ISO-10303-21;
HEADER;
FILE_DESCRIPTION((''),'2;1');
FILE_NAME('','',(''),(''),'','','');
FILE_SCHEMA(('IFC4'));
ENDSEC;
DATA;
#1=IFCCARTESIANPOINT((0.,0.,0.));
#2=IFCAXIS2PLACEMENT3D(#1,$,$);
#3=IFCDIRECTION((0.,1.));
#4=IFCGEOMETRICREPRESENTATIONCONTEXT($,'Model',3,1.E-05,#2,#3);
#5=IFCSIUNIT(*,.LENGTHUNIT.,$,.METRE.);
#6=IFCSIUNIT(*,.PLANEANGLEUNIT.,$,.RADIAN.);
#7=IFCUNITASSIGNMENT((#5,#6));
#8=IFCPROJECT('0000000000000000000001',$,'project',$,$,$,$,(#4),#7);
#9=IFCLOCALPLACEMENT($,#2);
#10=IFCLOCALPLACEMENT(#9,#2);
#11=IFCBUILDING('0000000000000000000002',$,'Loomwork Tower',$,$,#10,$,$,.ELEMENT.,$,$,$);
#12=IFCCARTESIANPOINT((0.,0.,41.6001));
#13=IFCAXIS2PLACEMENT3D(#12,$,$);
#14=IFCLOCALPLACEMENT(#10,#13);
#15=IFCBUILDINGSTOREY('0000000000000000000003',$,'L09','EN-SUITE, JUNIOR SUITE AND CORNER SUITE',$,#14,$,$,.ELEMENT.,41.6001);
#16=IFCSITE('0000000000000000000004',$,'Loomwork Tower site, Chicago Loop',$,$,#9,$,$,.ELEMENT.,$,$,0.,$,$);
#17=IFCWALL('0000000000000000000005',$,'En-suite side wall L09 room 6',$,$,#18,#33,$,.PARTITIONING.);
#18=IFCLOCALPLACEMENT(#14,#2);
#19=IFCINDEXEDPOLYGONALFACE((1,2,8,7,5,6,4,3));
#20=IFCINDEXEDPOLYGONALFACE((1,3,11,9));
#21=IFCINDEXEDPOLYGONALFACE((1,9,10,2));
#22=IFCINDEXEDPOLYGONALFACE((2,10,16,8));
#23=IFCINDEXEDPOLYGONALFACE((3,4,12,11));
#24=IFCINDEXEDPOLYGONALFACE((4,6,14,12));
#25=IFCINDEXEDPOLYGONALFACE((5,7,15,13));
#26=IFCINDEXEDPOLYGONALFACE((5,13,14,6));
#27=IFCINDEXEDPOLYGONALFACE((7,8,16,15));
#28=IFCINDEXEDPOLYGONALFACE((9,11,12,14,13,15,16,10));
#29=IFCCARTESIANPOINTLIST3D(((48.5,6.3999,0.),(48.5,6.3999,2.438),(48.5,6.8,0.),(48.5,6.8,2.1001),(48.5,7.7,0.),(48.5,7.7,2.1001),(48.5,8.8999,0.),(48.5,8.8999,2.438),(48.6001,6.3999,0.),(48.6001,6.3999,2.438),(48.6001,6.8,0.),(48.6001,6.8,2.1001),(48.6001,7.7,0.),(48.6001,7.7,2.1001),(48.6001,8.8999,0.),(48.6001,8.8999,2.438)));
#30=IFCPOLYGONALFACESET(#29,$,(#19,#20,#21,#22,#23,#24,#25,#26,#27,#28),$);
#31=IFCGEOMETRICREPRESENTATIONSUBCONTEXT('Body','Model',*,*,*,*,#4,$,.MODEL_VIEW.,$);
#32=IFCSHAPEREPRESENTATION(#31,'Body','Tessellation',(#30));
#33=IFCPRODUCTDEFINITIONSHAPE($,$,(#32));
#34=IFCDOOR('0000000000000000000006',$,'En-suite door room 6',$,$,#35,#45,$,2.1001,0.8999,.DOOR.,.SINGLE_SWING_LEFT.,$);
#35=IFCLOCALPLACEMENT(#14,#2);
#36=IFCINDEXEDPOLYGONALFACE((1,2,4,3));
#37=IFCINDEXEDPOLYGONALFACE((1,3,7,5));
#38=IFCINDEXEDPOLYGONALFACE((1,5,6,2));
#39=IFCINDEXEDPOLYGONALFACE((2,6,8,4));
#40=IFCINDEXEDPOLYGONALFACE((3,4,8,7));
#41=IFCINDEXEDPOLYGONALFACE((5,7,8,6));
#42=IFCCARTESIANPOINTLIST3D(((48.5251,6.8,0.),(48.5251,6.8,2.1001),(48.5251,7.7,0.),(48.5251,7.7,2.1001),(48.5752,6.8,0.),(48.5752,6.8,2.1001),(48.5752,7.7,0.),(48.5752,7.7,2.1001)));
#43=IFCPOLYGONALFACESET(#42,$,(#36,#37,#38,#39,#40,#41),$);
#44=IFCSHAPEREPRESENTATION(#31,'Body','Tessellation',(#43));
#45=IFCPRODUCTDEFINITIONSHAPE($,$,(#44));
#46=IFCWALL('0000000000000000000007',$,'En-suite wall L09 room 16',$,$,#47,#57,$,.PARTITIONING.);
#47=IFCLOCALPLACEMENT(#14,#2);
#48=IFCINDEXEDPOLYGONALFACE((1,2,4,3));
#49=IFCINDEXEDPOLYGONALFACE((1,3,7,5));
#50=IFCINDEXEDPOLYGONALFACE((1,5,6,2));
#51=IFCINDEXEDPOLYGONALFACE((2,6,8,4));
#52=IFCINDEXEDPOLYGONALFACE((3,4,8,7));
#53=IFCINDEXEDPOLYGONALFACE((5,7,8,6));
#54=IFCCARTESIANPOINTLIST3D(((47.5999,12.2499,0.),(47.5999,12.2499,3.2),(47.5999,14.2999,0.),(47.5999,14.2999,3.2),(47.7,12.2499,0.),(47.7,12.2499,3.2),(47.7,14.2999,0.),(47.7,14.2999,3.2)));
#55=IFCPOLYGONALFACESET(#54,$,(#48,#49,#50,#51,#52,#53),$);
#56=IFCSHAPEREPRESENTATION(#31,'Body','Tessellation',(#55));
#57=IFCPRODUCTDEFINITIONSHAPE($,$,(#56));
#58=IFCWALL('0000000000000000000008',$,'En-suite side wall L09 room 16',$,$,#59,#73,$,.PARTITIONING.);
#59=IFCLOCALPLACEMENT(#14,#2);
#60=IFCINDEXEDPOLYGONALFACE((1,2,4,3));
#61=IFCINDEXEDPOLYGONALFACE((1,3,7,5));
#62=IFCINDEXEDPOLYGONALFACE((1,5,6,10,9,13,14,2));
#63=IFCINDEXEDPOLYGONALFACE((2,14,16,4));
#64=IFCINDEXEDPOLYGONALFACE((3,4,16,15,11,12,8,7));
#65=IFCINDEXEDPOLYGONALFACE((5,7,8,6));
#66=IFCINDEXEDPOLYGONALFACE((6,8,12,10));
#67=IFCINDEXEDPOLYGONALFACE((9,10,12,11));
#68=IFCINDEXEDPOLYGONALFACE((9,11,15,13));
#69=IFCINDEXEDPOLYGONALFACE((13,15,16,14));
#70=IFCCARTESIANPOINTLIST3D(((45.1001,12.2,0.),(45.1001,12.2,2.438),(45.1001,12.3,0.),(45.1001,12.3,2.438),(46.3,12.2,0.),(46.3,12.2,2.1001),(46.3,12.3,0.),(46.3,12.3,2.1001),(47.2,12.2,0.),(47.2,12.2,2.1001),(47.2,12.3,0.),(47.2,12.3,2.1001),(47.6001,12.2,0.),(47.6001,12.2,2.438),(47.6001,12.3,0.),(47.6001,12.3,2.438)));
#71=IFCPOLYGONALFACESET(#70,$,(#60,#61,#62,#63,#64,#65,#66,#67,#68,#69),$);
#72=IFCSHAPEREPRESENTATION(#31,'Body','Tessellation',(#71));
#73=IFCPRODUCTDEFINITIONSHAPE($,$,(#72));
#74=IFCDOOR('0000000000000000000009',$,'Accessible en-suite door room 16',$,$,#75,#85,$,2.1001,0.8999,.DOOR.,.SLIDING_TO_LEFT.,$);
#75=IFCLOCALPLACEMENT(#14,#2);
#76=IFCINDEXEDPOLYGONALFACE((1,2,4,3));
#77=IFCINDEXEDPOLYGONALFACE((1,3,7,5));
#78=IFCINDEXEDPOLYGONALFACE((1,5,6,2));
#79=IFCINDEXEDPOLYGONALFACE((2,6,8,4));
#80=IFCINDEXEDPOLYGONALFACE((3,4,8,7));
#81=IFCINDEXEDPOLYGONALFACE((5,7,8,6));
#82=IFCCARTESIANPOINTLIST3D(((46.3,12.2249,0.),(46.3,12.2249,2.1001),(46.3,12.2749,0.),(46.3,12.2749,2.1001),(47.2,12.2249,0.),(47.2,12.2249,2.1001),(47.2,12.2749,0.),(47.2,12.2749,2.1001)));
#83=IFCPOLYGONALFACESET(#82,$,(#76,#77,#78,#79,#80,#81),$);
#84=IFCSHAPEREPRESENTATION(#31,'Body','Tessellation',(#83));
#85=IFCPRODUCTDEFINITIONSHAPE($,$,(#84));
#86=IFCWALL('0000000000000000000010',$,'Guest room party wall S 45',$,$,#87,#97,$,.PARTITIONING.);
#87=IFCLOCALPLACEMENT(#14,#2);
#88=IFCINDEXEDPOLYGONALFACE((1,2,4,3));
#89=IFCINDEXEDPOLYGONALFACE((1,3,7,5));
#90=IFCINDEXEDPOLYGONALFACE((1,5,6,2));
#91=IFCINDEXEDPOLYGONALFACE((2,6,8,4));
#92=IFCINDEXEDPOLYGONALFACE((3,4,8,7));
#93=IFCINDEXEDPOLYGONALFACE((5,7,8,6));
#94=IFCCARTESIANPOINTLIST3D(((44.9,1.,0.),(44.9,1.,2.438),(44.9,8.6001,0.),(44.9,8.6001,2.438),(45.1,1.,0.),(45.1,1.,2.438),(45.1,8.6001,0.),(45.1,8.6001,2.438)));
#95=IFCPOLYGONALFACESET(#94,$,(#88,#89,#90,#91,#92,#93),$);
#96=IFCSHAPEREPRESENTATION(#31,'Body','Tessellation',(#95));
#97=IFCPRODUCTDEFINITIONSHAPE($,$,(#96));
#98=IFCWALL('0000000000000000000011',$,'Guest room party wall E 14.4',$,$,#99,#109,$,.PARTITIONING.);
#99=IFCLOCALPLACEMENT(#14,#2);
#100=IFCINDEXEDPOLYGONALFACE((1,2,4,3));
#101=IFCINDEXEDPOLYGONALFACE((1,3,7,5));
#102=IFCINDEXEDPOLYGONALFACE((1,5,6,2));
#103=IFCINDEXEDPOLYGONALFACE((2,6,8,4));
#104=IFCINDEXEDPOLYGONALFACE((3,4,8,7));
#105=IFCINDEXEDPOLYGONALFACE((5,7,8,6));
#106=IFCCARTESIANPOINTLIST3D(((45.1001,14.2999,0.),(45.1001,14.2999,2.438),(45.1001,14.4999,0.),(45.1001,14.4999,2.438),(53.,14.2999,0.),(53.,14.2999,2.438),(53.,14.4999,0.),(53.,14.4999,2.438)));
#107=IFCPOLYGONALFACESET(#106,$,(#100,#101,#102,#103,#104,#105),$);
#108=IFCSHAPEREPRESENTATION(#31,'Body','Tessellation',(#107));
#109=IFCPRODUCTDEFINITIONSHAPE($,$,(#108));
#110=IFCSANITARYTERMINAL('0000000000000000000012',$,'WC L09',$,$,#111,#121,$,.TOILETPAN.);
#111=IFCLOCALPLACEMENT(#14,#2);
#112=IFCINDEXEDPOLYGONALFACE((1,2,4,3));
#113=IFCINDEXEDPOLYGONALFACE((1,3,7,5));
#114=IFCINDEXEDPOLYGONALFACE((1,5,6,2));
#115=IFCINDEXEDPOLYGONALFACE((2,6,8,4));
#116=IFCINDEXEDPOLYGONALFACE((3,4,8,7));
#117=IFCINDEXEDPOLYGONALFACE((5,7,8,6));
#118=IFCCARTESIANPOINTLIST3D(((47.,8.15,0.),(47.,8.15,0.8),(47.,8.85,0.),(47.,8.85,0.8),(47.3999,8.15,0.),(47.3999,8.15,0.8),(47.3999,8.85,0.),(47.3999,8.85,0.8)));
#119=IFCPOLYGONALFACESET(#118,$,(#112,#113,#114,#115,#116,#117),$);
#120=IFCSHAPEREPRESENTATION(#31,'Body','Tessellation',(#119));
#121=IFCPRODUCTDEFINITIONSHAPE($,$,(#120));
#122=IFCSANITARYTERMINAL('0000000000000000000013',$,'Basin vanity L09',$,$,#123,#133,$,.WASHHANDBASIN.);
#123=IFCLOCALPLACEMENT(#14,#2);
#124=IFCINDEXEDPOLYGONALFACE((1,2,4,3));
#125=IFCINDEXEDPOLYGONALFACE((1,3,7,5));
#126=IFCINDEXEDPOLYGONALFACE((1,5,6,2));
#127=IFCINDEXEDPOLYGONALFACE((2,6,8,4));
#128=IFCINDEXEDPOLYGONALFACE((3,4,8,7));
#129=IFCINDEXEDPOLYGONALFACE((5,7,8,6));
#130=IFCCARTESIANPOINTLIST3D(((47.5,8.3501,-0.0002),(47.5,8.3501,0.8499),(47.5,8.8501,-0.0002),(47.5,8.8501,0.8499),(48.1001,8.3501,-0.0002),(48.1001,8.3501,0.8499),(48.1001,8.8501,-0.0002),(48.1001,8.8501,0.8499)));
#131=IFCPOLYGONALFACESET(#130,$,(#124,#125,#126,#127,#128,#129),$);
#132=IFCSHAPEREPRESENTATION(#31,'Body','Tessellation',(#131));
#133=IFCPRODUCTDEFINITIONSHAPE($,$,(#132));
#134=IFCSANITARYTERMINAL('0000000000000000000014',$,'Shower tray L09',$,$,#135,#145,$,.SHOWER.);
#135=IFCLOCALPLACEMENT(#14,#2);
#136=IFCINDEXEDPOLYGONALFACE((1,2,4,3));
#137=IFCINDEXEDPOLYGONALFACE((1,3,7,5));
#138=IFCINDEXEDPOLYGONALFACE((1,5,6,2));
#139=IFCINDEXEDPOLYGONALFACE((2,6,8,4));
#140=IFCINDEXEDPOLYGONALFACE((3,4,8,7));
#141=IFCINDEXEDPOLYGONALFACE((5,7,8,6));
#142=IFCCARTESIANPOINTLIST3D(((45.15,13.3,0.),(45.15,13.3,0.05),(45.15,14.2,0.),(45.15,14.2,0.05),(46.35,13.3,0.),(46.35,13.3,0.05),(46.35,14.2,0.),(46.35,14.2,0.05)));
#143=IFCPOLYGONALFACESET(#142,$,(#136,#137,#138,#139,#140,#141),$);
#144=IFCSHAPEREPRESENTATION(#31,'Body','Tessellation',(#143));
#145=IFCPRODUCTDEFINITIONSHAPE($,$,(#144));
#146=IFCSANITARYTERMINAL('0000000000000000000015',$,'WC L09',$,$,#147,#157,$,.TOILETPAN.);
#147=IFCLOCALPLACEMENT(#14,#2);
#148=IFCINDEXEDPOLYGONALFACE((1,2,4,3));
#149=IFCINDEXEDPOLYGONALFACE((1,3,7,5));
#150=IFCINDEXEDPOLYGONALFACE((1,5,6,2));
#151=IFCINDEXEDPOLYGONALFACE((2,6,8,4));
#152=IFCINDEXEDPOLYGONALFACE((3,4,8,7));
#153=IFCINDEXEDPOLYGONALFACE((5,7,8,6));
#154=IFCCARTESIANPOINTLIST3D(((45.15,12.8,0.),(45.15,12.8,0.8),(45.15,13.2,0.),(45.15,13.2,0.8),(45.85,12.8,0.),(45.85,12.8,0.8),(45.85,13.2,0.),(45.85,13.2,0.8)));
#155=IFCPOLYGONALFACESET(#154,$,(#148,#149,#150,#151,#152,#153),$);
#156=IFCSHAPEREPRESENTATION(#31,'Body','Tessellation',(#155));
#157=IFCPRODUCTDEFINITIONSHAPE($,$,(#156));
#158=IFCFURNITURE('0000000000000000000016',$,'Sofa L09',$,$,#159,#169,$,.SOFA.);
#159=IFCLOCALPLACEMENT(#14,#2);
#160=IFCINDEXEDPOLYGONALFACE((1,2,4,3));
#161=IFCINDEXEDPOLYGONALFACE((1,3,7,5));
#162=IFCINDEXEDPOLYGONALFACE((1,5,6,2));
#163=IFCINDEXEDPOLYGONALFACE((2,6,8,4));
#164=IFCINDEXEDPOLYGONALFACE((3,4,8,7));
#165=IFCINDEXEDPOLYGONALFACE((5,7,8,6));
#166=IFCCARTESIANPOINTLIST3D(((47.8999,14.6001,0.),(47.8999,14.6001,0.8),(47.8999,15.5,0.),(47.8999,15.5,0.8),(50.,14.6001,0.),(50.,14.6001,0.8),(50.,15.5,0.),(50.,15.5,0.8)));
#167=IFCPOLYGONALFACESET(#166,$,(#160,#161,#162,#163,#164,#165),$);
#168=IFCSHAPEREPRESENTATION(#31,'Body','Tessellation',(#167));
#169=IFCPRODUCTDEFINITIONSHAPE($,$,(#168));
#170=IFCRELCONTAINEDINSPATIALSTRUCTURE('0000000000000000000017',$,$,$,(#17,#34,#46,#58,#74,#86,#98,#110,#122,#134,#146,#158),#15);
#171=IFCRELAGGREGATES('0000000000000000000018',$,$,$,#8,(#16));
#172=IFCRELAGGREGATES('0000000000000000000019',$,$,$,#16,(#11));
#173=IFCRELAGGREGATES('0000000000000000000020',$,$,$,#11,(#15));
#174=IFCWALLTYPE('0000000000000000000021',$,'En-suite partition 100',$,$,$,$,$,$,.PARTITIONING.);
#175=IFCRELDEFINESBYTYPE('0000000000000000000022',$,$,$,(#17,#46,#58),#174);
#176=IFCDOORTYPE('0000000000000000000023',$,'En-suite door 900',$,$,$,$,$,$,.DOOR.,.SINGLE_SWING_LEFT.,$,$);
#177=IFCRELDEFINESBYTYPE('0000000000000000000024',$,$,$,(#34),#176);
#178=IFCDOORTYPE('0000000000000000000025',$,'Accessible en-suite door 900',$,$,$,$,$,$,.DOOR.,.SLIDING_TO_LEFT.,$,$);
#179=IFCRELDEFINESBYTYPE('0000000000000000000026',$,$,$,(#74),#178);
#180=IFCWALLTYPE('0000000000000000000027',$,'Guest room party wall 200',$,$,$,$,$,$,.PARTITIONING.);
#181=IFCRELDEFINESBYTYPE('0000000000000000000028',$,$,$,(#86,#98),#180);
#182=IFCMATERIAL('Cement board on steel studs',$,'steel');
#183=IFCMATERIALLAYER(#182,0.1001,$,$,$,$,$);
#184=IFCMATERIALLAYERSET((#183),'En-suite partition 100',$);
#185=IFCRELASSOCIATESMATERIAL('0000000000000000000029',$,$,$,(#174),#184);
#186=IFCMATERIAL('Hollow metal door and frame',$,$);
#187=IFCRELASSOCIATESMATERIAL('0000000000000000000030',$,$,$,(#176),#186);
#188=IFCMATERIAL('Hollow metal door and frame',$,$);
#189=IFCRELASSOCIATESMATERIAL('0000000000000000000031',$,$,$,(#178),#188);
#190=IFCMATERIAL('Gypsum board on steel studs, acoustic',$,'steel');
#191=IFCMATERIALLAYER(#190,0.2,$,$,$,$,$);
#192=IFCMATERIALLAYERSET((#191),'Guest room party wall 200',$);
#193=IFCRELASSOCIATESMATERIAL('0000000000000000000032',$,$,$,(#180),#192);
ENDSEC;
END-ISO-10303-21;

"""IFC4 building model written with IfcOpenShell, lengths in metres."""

from ifc_helpers import new_model, si_unit, direction, frame, frame_2d, origin, origin_2d, place, context, subcontext, project, spatial, rectangle, extrude, material, layer, layer_set, type_object, element, fill, save


model = new_model("IFC4")

# Units and contexts
model_context = context("Model", 3, precision=1e-05, world=origin(), true_north=direction((0.0, 1.0)))
body_context = subcontext(model_context, "Body", "Model", "MODEL_VIEW")
ifc_project = project(units=[si_unit("LENGTHUNIT", "METRE"), si_unit("PLANEANGLEUNIT", "RADIAN")], contexts=[model_context])

# Site, building, storey
site_placement = place(None, origin())
site = spatial("IfcSite", under=ifc_project, at=site_placement, Name="Loomwork Tower site, Chicago Loop", CompositionType="ELEMENT", RefElevation=0.0)
building_placement = place(site_placement, origin())
building = spatial("IfcBuilding", under=site, at=building_placement, Name="Loomwork Tower", CompositionType="ELEMENT")
storey_placement = place(building_placement, frame((0.0, 0.0, 41.6001)))
storey = spatial("IfcBuildingStorey", under=building, at=storey_placement, Name="L09", Description="EN-SUITE, JUNIOR SUITE AND CORNER SUITE", CompositionType="ELEMENT", Elevation=41.6001)

# Wall, opening, door
ifc_material_1 = material(Name="Cement board on steel studs", Category="steel")
ifc_layer_1 = layer(ifc_material_1, 0.1001)
ifc_layer_set_1 = layer_set([ifc_layer_1], Name="En-suite partition 100")
wall_type_1 = type_object("IfcWallType", Name="En-suite partition 100", PredefinedType="PARTITIONING", material=ifc_layer_set_1)
wall_1_placement = place(storey_placement, frame((48.55, 8.8999, 0.0), z_axis=(0.0, 0.0, 1.0), x_axis=(0.0, -1.0, 0.0)))
wall_1 = element("IfcWall", 1, at=wall_1_placement, inside=storey, type_object=wall_type_1, Name="En-suite side wall L09 room 6", PredefinedType="PARTITIONING", context=body_context, shape_type="SweptSolid", body=[
    extrude(rectangle(XDim=2.5, YDim=0.1001, at=frame_2d((1.25, 0.0))), origin(), (0.0, 0.0, 1.0), 2.438),
])
opening_1_placement = place(wall_1_placement, frame((1.2, 0.0, 0.0)))
opening_1 = element("IfcOpeningElement", 2, at=opening_1_placement, cuts=wall_1, PredefinedType="OPENING", context=body_context, shape_type="SweptSolid", body=[
    extrude(rectangle(XDim=0.8999, YDim=2.1001, at=frame_2d((0.45, 1.05))), frame((0.0, 0.0601, 0.0), z_axis=(0.0, -1.0, 0.0), x_axis=(1.0, 0.0, 0.0)), (0.0, 0.0, 1.0), 0.1201),
])
ifc_material_2 = material(Name="Hollow metal door and frame")
door_type_1 = type_object("IfcDoorType", Name="En-suite door 900", OperationType="SINGLE_SWING_LEFT", PredefinedType="DOOR", material=ifc_material_2)
door_1_placement = place(opening_1_placement, frame((0.8999, 0.0, 0.0), z_axis=(0.0, 0.0, 1.0), x_axis=(-1.0, 0.0, 0.0)))
door_1 = element("IfcDoor", 3, at=door_1_placement, inside=storey, type_object=door_type_1, Name="En-suite door room 6", OperationType="SINGLE_SWING_LEFT", OverallHeight=2.1001, OverallWidth=0.8999, PredefinedType="DOOR", context=body_context, shape_type="SweptSolid", body=[
    extrude(rectangle(XDim=0.8999, YDim=2.1001, at=frame_2d((0.45, 1.05))), frame((0.0, 0.0249, 0.0), z_axis=(0.0, -1.0, 0.0), x_axis=(1.0, 0.0, 0.0)), (0.0, 0.0, 1.0), 0.05),
])
fill(opening_1, door_1)

# Wall
wall_2_placement = place(storey_placement, frame((47.6499, 12.25, 0.0), z_axis=(0.0, 0.0, 1.0), x_axis=(0.0, 1.0, 0.0)))
element("IfcWall", 4, at=wall_2_placement, inside=storey, type_object=wall_type_1, Name="En-suite wall L09 room 16", PredefinedType="PARTITIONING", context=body_context, shape_type="SweptSolid", body=[
    extrude(rectangle(XDim=2.05, YDim=0.1001, at=frame_2d((1.0249, 0.0))), origin(), (0.0, 0.0, 1.0), 3.2),
])

# Wall, opening, door
wall_3_placement = place(storey_placement, frame((45.1001, 12.25, 0.0), z_axis=(0.0, 0.0, 1.0), x_axis=(1.0, 0.0, 0.0)))
wall_3 = element("IfcWall", 5, at=wall_3_placement, inside=storey, type_object=wall_type_1, Name="En-suite side wall L09 room 16", PredefinedType="PARTITIONING", context=body_context, shape_type="SweptSolid", body=[
    extrude(rectangle(XDim=2.5, YDim=0.1001, at=frame_2d((1.25, 0.0))), origin(), (0.0, 0.0, 1.0), 2.438),
])
opening_2_placement = place(wall_3_placement, frame((1.2, 0.0, 0.0)))
opening_2 = element("IfcOpeningElement", 6, at=opening_2_placement, cuts=wall_3, PredefinedType="OPENING", context=body_context, shape_type="SweptSolid", body=[
    extrude(rectangle(XDim=0.8999, YDim=2.1001, at=frame_2d((0.45, 1.05))), frame((0.0, 0.0601, 0.0), z_axis=(0.0, -1.0, 0.0), x_axis=(1.0, 0.0, 0.0)), (0.0, 0.0, 1.0), 0.1201),
])
ifc_material_3 = material(Name="Hollow metal door and frame")
door_type_2 = type_object("IfcDoorType", Name="Accessible en-suite door 900", OperationType="SLIDING_TO_LEFT", PredefinedType="DOOR", material=ifc_material_3)
door_2_placement = place(opening_2_placement, origin())
door_2 = element("IfcDoor", 7, at=door_2_placement, inside=storey, type_object=door_type_2, Name="Accessible en-suite door room 16", OperationType="SLIDING_TO_LEFT", OverallHeight=2.1001, OverallWidth=0.8999, PredefinedType="DOOR", context=body_context, shape_type="SweptSolid", body=[
    extrude(rectangle(XDim=0.8999, YDim=2.1001, at=frame_2d((0.45, 1.05))), frame((0.0, 0.0249, 0.0), z_axis=(0.0, -1.0, 0.0), x_axis=(1.0, 0.0, 0.0)), (0.0, 0.0, 1.0), 0.05),
])
fill(opening_2, door_2)

# Walls
ifc_material_4 = material(Name="Gypsum board on steel studs, acoustic", Category="steel")
ifc_layer_2 = layer(ifc_material_4, 0.2)
ifc_layer_set_2 = layer_set([ifc_layer_2], Name="Guest room party wall 200")
wall_type_2 = type_object("IfcWallType", Name="Guest room party wall 200", PredefinedType="PARTITIONING", material=ifc_layer_set_2)
wall_4_placement = place(storey_placement, frame((45.0, 8.6001, 0.0), z_axis=(0.0, 0.0, 1.0), x_axis=(0.0, -1.0, 0.0)))
element("IfcWall", 8, at=wall_4_placement, inside=storey, type_object=wall_type_2, Name="Guest room party wall S 45", PredefinedType="PARTITIONING", context=body_context, shape_type="SweptSolid", body=[
    extrude(rectangle(XDim=7.6001, YDim=0.2, at=frame_2d((3.8, 0.0))), origin(), (0.0, 0.0, 1.0), 2.438),
])
wall_5_placement = place(storey_placement, frame((45.1001, 14.3999, 0.0), z_axis=(0.0, 0.0, 1.0), x_axis=(1.0, 0.0, 0.0)))
element("IfcWall", 9, at=wall_5_placement, inside=storey, type_object=wall_type_2, Name="Guest room party wall E 14.4", PredefinedType="PARTITIONING", context=body_context, shape_type="SweptSolid", body=[
    extrude(rectangle(XDim=7.8999, YDim=0.2, at=frame_2d((3.95, 0.0))), origin(), (0.0, 0.0, 1.0), 2.438),
])

# Sanitary terminals
sanitary_terminal_1_placement = place(storey_placement, frame((47.2, 8.5, 0.0), z_axis=(0.0, 0.0, 1.0), x_axis=(1.0, 0.0, 0.0)))
element("IfcSanitaryTerminal", 10, at=sanitary_terminal_1_placement, inside=storey, Name="WC L09", PredefinedType="TOILETPAN", context=body_context, shape_type="SweptSolid", body=[
    extrude(rectangle(XDim=0.3999, YDim=0.7, at=origin_2d()), origin(), (0.0, 0.0, 1.0), 0.8),
])
sanitary_terminal_2_placement = place(storey_placement, frame((47.8, 8.6001, -0.0002), z_axis=(0.0, 0.0, 1.0), x_axis=(1.0, 0.0, 0.0)))
element("IfcSanitaryTerminal", 11, at=sanitary_terminal_2_placement, inside=storey, Name="Basin vanity L09", PredefinedType="WASHHANDBASIN", context=body_context, shape_type="SweptSolid", body=[
    extrude(rectangle(XDim=0.6001, YDim=0.5, at=origin_2d()), origin(), (0.0, 0.0, 1.0), 0.8501),
])
sanitary_terminal_3_placement = place(storey_placement, frame((45.75, 13.75, 0.0), z_axis=(0.0, 0.0, 1.0), x_axis=(1.0, 0.0, 0.0)))
element("IfcSanitaryTerminal", 12, at=sanitary_terminal_3_placement, inside=storey, Name="Shower tray L09", PredefinedType="SHOWER", context=body_context, shape_type="SweptSolid", body=[
    extrude(rectangle(XDim=1.2, YDim=0.8999, at=origin_2d()), origin(), (0.0, 0.0, 1.0), 0.05),
])
sanitary_terminal_4_placement = place(storey_placement, frame((45.5, 13.0, 0.0), z_axis=(0.0, 0.0, 1.0), x_axis=(1.0, 0.0, 0.0)))
element("IfcSanitaryTerminal", 13, at=sanitary_terminal_4_placement, inside=storey, Name="WC L09", PredefinedType="TOILETPAN", context=body_context, shape_type="SweptSolid", body=[
    extrude(rectangle(XDim=0.7, YDim=0.3999, at=origin_2d()), origin(), (0.0, 0.0, 1.0), 0.8),
])

# Furniture
furniture_placement = place(storey_placement, frame((48.95, 15.05, 0.0), z_axis=(0.0, 0.0, 1.0), x_axis=(1.0, 0.0, 0.0)))
element("IfcFurniture", 14, at=furniture_placement, inside=storey, Name="Sofa L09", PredefinedType="SOFA", context=body_context, shape_type="SweptSolid", body=[
    extrude(rectangle(XDim=2.1001, YDim=0.8999, at=origin_2d()), origin(), (0.0, 0.0, 1.0), 0.8),
])

save(model, "model.ifc")
